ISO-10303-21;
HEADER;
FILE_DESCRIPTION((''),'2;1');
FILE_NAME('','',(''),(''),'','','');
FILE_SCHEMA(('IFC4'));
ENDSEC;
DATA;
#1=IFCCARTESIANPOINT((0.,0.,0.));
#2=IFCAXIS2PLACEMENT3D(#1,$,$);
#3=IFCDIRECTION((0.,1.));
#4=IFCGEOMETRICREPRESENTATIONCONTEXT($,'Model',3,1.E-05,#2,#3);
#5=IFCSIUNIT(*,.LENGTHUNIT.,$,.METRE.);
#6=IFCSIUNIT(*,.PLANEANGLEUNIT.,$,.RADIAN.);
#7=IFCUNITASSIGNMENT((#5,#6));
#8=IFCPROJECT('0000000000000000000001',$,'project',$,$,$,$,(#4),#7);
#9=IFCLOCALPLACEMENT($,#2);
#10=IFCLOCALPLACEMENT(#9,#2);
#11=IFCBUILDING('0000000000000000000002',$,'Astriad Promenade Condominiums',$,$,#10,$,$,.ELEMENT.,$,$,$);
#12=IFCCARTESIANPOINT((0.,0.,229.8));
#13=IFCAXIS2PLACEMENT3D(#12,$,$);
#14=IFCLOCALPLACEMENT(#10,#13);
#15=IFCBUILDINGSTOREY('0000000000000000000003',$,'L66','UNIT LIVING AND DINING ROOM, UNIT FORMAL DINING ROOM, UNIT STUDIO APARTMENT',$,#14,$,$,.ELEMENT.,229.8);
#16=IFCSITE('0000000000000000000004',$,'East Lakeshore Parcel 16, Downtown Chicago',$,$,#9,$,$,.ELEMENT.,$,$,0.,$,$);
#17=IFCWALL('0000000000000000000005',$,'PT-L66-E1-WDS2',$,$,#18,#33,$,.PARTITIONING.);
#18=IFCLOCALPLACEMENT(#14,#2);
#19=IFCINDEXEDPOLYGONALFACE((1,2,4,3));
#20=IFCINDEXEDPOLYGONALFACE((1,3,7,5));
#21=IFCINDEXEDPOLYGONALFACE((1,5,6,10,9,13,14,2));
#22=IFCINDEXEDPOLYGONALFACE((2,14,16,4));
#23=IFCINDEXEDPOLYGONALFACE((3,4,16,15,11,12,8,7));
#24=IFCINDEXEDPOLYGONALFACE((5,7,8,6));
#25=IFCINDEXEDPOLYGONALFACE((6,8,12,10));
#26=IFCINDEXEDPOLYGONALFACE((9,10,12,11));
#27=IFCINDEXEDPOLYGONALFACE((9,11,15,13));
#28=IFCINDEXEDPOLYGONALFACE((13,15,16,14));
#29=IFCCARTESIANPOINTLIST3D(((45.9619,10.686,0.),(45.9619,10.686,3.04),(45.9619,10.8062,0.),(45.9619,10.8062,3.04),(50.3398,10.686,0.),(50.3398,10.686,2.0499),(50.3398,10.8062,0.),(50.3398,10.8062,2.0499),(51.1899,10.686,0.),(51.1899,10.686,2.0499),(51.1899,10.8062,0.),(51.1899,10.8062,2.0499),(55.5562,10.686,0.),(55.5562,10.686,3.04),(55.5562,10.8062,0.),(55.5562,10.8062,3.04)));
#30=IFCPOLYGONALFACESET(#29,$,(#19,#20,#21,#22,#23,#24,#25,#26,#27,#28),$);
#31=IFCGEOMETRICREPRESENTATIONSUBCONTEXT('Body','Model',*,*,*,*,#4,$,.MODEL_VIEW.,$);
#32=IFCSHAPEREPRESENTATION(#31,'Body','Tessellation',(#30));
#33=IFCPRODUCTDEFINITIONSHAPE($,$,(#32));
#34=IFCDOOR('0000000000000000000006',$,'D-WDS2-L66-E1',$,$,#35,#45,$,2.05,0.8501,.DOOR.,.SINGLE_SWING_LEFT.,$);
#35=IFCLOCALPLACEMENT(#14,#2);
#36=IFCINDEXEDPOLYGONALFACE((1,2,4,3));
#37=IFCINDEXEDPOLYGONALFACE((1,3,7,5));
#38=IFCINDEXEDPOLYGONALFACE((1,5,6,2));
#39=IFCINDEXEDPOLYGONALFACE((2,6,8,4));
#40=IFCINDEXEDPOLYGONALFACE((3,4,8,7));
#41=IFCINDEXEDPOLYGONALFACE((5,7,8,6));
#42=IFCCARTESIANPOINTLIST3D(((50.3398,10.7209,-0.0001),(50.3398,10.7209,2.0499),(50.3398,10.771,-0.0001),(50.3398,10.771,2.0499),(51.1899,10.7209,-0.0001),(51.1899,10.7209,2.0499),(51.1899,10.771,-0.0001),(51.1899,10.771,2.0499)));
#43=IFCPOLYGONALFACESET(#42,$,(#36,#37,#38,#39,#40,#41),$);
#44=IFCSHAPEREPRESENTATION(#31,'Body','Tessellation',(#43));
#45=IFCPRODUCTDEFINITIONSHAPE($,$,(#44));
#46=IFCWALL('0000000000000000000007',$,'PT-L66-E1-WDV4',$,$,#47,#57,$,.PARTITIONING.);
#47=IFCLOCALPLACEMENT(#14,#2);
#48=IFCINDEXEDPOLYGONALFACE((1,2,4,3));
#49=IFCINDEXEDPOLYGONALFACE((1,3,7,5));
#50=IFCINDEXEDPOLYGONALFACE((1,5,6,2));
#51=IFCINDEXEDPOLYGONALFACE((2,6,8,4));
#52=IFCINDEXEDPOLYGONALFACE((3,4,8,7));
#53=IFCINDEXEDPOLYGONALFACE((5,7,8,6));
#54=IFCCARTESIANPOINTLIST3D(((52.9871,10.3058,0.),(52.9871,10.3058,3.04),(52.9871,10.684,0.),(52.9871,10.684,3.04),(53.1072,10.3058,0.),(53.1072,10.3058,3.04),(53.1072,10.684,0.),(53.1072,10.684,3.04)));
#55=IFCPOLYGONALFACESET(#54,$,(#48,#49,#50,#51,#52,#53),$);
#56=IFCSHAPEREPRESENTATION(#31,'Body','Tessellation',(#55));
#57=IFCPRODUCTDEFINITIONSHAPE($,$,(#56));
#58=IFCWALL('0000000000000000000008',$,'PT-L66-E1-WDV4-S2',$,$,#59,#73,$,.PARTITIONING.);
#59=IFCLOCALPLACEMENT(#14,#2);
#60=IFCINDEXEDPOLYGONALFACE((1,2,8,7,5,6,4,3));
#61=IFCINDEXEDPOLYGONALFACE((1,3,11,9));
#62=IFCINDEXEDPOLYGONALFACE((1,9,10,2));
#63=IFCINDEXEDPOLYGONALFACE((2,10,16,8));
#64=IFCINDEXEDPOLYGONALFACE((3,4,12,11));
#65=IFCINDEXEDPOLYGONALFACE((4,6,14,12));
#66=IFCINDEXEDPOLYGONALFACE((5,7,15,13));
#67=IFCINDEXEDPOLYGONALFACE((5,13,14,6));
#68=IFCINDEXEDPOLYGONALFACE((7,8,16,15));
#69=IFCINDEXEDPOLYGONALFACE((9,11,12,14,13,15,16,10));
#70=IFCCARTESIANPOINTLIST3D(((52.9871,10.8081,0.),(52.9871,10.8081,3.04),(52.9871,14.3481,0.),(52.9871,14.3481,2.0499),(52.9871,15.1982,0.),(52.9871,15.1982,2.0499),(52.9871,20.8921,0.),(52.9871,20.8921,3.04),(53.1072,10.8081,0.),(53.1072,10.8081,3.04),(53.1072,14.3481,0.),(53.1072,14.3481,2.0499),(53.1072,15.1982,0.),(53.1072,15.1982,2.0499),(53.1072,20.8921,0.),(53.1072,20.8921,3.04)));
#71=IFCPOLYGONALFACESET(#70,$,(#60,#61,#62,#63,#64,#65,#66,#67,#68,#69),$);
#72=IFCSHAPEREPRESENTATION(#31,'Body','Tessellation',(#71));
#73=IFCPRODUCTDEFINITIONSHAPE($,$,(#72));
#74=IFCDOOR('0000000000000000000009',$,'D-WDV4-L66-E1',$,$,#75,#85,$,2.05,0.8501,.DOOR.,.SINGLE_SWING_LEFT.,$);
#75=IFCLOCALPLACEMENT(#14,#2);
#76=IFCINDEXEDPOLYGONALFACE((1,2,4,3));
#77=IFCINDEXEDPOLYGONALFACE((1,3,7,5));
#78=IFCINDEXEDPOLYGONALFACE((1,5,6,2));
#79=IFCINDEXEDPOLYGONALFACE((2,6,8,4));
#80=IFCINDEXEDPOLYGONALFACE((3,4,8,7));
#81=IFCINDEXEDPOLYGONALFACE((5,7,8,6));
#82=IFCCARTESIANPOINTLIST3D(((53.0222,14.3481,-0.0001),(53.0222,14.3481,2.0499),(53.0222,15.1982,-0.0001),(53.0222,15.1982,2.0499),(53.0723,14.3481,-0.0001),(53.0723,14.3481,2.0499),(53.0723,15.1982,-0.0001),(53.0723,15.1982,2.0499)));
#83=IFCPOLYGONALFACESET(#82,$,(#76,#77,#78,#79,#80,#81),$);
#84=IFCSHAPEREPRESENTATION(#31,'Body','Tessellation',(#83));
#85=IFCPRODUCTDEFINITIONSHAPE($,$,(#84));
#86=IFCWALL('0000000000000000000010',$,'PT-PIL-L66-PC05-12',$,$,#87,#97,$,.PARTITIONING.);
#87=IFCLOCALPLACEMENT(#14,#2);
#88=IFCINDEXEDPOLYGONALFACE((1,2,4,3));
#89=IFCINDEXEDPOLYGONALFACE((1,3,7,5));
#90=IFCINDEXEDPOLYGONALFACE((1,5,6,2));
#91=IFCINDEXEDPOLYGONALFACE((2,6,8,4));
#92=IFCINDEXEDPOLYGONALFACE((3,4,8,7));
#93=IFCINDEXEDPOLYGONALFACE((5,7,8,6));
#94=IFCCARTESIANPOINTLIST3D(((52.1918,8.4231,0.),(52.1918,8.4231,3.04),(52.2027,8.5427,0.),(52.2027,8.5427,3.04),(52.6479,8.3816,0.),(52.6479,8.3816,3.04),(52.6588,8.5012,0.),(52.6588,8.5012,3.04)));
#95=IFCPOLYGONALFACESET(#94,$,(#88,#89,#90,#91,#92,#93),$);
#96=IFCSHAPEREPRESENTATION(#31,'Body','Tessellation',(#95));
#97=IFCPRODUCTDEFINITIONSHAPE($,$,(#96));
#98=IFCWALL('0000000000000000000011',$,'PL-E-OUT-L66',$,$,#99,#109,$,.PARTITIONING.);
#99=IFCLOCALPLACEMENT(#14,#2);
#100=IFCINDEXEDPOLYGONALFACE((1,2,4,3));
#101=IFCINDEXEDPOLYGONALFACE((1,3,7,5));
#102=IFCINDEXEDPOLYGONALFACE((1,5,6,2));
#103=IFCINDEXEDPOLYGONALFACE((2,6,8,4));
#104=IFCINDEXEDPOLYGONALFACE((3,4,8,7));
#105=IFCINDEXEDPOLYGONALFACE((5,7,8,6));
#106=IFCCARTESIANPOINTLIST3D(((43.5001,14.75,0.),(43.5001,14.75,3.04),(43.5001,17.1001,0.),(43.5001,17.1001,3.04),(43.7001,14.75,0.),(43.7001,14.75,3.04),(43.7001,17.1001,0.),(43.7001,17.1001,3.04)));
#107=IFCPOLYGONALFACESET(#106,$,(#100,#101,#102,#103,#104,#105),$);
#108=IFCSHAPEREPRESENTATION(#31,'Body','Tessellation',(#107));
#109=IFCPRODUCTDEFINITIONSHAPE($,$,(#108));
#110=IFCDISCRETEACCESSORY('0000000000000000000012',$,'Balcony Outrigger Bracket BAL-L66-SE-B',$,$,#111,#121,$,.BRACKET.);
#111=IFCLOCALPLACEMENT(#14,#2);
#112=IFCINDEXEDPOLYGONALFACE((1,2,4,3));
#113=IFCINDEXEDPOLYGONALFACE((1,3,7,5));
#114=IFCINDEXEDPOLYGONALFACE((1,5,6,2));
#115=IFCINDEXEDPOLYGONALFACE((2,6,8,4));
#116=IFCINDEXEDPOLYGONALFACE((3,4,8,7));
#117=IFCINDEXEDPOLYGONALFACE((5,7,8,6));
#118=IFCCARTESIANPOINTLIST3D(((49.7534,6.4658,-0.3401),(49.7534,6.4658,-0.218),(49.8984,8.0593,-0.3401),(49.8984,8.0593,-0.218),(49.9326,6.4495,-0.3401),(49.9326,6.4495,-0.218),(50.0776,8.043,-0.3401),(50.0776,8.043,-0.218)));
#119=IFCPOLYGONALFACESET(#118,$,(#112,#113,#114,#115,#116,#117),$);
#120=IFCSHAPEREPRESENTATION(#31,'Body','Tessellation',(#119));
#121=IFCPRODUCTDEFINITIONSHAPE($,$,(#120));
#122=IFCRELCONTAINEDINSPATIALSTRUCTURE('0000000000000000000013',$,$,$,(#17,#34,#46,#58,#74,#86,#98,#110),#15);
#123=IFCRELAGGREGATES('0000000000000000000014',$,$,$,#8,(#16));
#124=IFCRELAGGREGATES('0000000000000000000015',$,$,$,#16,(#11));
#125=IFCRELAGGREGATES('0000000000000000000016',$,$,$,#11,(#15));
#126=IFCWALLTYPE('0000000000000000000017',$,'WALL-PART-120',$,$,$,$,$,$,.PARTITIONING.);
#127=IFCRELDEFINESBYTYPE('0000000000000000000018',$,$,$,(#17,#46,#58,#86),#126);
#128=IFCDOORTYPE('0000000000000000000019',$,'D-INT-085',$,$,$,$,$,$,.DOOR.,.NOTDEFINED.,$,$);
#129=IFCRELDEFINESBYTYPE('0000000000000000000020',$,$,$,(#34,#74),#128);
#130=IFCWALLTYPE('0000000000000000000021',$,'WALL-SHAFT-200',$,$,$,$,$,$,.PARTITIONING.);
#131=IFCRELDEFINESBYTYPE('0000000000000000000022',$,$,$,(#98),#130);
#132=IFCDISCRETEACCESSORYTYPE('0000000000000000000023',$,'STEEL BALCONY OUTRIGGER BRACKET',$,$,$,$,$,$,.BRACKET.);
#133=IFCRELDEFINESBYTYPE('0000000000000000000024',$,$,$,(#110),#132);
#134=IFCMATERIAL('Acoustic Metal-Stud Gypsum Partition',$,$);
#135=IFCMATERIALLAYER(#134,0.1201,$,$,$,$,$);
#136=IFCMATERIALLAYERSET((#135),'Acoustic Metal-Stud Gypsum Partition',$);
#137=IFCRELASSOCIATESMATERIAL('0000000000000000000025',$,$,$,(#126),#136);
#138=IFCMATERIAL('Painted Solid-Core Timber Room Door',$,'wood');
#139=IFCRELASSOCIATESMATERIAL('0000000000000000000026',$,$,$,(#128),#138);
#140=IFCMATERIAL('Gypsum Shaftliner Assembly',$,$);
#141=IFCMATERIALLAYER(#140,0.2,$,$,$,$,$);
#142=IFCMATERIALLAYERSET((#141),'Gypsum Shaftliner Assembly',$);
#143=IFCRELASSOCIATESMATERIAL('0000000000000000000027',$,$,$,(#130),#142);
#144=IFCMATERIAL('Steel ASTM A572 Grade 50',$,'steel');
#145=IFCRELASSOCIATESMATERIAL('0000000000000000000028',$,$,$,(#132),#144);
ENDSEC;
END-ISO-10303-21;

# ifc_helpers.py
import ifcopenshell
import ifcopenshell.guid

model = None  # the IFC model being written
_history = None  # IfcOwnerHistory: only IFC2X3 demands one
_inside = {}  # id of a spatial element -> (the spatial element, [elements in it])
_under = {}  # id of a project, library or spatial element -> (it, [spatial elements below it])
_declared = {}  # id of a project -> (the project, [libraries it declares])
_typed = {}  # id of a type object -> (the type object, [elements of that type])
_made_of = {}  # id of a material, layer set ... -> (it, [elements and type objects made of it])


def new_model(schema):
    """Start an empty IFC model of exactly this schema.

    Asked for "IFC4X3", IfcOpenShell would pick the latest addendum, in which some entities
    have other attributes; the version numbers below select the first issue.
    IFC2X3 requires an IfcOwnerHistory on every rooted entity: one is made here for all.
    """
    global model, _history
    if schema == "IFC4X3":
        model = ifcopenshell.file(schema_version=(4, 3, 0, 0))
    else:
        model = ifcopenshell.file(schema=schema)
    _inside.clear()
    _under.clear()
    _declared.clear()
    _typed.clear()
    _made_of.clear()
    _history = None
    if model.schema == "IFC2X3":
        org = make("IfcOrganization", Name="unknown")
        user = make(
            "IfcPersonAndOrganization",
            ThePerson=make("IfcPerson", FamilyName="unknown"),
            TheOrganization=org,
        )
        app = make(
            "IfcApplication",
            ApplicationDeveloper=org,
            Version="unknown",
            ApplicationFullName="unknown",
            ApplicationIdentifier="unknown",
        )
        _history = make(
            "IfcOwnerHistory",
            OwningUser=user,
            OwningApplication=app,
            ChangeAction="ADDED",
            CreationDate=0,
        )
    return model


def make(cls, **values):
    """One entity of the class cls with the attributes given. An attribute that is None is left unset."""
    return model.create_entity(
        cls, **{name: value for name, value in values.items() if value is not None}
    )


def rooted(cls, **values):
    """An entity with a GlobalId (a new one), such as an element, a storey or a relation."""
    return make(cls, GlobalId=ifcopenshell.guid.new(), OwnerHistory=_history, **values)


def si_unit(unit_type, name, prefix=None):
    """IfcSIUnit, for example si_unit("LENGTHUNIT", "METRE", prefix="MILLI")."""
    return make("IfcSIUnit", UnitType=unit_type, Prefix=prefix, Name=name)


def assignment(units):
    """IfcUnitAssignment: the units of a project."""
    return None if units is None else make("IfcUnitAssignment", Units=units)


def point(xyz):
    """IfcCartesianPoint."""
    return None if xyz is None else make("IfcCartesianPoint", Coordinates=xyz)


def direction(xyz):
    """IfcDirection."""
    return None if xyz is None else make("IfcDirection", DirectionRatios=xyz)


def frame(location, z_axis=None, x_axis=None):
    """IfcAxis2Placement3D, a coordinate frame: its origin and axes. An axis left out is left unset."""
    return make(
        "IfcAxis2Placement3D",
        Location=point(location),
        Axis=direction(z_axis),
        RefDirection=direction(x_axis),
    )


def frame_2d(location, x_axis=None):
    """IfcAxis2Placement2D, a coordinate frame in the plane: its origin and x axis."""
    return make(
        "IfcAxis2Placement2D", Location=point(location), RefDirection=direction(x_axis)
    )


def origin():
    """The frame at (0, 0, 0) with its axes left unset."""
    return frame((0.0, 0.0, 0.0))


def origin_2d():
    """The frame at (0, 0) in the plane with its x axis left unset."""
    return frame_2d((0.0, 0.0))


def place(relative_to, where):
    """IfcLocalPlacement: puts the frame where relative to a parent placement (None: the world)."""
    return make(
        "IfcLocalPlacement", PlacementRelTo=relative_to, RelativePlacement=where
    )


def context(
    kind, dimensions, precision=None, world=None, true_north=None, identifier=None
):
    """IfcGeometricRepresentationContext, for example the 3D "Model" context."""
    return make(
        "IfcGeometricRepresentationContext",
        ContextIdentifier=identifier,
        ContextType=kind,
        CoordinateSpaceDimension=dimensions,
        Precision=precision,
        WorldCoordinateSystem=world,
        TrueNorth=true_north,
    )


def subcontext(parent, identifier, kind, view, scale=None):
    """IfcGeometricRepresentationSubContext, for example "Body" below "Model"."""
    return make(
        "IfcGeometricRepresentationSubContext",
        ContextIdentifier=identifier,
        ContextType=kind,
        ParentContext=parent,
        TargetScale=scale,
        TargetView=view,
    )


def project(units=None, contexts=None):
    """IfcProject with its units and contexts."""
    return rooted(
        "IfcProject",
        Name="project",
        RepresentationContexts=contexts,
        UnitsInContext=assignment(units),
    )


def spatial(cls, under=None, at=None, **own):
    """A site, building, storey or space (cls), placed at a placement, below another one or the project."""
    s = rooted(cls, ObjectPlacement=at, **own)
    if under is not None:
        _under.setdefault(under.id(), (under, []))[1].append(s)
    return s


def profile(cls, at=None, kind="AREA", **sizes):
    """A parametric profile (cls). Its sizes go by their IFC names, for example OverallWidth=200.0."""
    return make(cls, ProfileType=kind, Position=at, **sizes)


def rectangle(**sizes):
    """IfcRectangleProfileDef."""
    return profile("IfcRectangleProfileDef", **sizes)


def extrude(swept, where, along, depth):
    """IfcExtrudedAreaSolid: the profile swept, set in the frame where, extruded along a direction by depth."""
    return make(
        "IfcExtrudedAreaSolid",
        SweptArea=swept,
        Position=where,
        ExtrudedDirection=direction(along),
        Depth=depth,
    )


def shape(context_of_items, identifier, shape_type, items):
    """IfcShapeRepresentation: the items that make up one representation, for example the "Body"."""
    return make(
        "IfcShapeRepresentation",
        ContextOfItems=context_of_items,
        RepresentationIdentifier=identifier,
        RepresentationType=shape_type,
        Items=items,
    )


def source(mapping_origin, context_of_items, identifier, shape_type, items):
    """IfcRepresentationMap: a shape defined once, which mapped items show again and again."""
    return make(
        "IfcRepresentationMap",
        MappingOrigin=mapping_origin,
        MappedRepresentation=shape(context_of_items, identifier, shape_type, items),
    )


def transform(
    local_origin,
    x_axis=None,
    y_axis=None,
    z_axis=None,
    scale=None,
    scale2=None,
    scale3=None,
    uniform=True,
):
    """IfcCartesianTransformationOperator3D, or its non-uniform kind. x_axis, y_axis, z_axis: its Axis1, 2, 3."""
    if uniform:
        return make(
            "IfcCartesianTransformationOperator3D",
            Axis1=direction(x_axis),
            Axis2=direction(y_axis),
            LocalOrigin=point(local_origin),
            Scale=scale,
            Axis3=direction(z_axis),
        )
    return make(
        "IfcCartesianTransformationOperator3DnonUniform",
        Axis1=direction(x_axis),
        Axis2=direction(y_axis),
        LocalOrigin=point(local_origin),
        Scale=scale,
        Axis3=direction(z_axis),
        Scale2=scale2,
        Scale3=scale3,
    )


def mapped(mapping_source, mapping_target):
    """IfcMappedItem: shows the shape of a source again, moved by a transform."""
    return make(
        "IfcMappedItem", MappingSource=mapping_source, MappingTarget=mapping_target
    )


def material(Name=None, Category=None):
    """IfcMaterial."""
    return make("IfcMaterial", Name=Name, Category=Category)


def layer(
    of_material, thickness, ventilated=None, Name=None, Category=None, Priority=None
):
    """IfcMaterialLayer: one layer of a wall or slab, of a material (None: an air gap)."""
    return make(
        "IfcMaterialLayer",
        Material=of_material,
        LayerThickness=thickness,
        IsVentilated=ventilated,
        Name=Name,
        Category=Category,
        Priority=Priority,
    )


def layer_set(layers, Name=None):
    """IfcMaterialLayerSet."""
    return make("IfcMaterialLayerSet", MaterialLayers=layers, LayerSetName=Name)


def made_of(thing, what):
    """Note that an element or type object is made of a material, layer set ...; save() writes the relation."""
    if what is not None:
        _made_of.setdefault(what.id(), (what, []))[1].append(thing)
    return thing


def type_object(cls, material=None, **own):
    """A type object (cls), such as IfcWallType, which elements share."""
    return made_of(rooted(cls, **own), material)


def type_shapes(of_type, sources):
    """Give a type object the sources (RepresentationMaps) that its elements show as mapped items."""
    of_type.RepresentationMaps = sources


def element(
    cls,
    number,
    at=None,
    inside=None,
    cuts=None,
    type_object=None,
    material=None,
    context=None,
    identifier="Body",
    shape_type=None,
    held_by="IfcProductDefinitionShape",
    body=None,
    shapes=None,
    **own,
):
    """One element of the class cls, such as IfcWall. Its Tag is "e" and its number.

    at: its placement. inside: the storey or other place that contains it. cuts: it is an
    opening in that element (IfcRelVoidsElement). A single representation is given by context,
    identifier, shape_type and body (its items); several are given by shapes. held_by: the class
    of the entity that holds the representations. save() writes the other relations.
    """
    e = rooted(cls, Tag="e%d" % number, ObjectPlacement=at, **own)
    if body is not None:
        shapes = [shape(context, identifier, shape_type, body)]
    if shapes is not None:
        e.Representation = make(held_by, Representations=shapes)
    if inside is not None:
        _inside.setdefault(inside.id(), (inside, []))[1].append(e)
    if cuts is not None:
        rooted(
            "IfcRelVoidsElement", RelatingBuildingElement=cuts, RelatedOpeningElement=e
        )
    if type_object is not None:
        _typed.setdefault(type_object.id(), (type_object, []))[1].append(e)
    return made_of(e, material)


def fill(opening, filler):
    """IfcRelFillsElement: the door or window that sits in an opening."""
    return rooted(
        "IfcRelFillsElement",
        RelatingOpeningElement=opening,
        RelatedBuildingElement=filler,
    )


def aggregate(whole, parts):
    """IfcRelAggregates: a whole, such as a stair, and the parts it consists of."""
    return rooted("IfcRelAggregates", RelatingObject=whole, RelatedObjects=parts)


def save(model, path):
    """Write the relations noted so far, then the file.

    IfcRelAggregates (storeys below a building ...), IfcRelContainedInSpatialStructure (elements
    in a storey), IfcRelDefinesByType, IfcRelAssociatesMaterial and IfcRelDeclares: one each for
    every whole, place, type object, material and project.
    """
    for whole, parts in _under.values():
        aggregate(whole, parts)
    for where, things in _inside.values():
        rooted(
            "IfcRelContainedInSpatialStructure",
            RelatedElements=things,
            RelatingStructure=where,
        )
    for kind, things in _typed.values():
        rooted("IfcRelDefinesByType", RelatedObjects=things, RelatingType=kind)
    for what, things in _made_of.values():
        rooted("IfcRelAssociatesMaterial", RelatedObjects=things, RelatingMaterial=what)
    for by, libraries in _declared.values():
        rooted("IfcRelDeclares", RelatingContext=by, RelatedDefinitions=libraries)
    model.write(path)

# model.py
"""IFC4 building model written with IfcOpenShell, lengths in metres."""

from ifc_helpers import new_model, si_unit, direction, frame, frame_2d, origin, origin_2d, place, context, subcontext, project, spatial, rectangle, extrude, source, transform, mapped, material, layer, layer_set, type_object, type_shapes, element, fill, save


model = new_model("IFC4")

# Units and contexts
model_context = context("Model", 3, precision=1e-05, world=origin(), true_north=direction((0.0, 1.0)))
body_context = subcontext(model_context, "Body", "Model", "MODEL_VIEW")
ifc_project = project(units=[si_unit("LENGTHUNIT", "METRE"), si_unit("PLANEANGLEUNIT", "RADIAN")], contexts=[model_context])

# Site, building, storey
site_placement = place(None, origin())
site = spatial("IfcSite", under=ifc_project, at=site_placement, Name="East Lakeshore Parcel 16, Downtown Chicago", CompositionType="ELEMENT", RefElevation=0.0)
building_placement = place(site_placement, origin())
building = spatial("IfcBuilding", under=site, at=building_placement, Name="Astriad Promenade Condominiums", CompositionType="ELEMENT")
storey_placement = place(building_placement, frame((0.0, 0.0, 229.8)))
storey = spatial("IfcBuildingStorey", under=building, at=storey_placement, Name="L66", Description="UNIT LIVING AND DINING ROOM, UNIT FORMAL DINING ROOM, UNIT STUDIO APARTMENT", CompositionType="ELEMENT", Elevation=229.8)

# Shared definitions
ifc_material_1 = material(Name="Acoustic Metal-Stud Gypsum Partition")
ifc_layer_1 = layer(ifc_material_1, 0.1201)
ifc_layer_set_1 = layer_set([ifc_layer_1], Name="Acoustic Metal-Stud Gypsum Partition")
wall_type_1 = type_object("IfcWallType", Name="WALL-PART-120", PredefinedType="PARTITIONING", material=ifc_layer_set_1)
ifc_material_2 = material(Name="Painted Solid-Core Timber Room Door", Category="wood")
door_type_1 = type_object("IfcDoorType", Name="D-INT-085", OperationType="NOTDEFINED", PredefinedType="DOOR", material=ifc_material_2)
shared_shape_1 = source(origin(), body_context, "Body", "SweptSolid", [
    extrude(rectangle(XDim=0.8501, YDim=2.05, at=frame_2d((0.425, 1.0249))), frame((0.0, 0.0249, 0.0), z_axis=(0.0, -1.0, 0.0), x_axis=(1.0, 0.0, 0.0)), (0.0, 0.0, 1.0), 0.05),
])
type_shapes(door_type_1, [shared_shape_1])

# Wall, opening, door
wall_1_placement = place(storey_placement, frame((45.9619, 10.7461, 0.0), z_axis=(0.0, 0.0, 1.0), x_axis=(1.0, 0.0, 0.0)))
wall_1 = element("IfcWall", 1, at=wall_1_placement, inside=storey, type_object=wall_type_1, Name="PT-L66-E1-WDS2", PredefinedType="PARTITIONING", context=body_context, shape_type="SweptSolid", body=[
    extrude(rectangle(XDim=9.5942, YDim=0.1201, at=frame_2d((4.7971, 0.0))), origin(), (0.0, 0.0, 1.0), 3.04),
])
opening_1_placement = place(wall_1_placement, frame((4.3779, 0.0, 0.0)))
opening_1 = element("IfcOpeningElement", 2, at=opening_1_placement, cuts=wall_1, PredefinedType="OPENING", context=body_context, shape_type="SweptSolid", body=[
    extrude(rectangle(XDim=0.8501, YDim=2.05, at=frame_2d((0.425, 1.0249))), frame((0.0, 0.0701, 0.0), z_axis=(0.0, -1.0, 0.0), x_axis=(1.0, 0.0, 0.0)), (0.0, 0.0, 1.0), 0.1401),
])
door_1_placement = place(opening_1_placement, origin())
door_1 = element("IfcDoor", 3, at=door_1_placement, inside=storey, type_object=door_type_1, Name="D-WDS2-L66-E1", OperationType="SINGLE_SWING_LEFT", OverallHeight=2.05, OverallWidth=0.8501, PredefinedType="DOOR", context=body_context, shape_type="MappedRepresentation", body=[
    mapped(shared_shape_1, transform((0.0, 0.0, 0.0), scale=1.0)),
])
fill(opening_1, door_1)

# Wall
wall_2_placement = place(storey_placement, frame((53.0471, 10.3059, 0.0), z_axis=(0.0, 0.0, 1.0), x_axis=(0.0, 1.0, 0.0)))
element("IfcWall", 4, at=wall_2_placement, inside=storey, type_object=wall_type_1, Name="PT-L66-E1-WDV4", PredefinedType="PARTITIONING", context=body_context, shape_type="SweptSolid", body=[
    extrude(rectangle(XDim=0.3782, YDim=0.1201, at=frame_2d((0.189, 0.0))), origin(), (0.0, 0.0, 1.0), 3.04),
])

# Wall, opening, door
wall_3_placement = place(storey_placement, frame((53.0471, 10.8081, 0.0), z_axis=(0.0, 0.0, 1.0), x_axis=(0.0, 1.0, 0.0)))
wall_3 = element("IfcWall", 5, at=wall_3_placement, inside=storey, type_object=wall_type_1, Name="PT-L66-E1-WDV4-S2", PredefinedType="PARTITIONING", context=body_context, shape_type="SweptSolid", body=[
    extrude(rectangle(XDim=10.084, YDim=0.1201, at=frame_2d((5.042, 0.0))), origin(), (0.0, 0.0, 1.0), 3.04),
])
opening_2_placement = place(wall_3_placement, frame((3.54, 0.0, 0.0)))
opening_2 = element("IfcOpeningElement", 6, at=opening_2_placement, cuts=wall_3, PredefinedType="OPENING", context=body_context, shape_type="SweptSolid", body=[
    extrude(rectangle(XDim=0.8501, YDim=2.05, at=frame_2d((0.425, 1.0249))), frame((0.0, 0.0701, 0.0), z_axis=(0.0, -1.0, 0.0), x_axis=(1.0, 0.0, 0.0)), (0.0, 0.0, 1.0), 0.1401),
])
door_2_placement = place(opening_2_placement, origin())
door_2 = element("IfcDoor", 7, at=door_2_placement, inside=storey, type_object=door_type_1, Name="D-WDV4-L66-E1", OperationType="SINGLE_SWING_LEFT", OverallHeight=2.05, OverallWidth=0.8501, PredefinedType="DOOR", context=body_context, shape_type="MappedRepresentation", body=[
    mapped(shared_shape_1, transform((0.0, 0.0, 0.0), scale=1.0)),
])
fill(opening_2, door_2)

# Walls
wall_4_placement = place(storey_placement, frame((52.1973, 8.4829, 0.0), z_axis=(0.0, 0.0, 1.0), x_axis=(0.995884, -0.090632, 0.0)))
element("IfcWall", 8, at=wall_4_placement, inside=storey, type_object=wall_type_1, Name="PT-PIL-L66-PC05-12", PredefinedType="PARTITIONING", context=body_context, shape_type="SweptSolid", body=[
    extrude(rectangle(XDim=0.458, YDim=0.1201, at=frame_2d((0.229, 0.0))), origin(), (0.0, 0.0, 1.0), 3.04),
])
ifc_material_3 = material(Name="Gypsum Shaftliner Assembly")
ifc_layer_2 = layer(ifc_material_3, 0.2)
ifc_layer_set_2 = layer_set([ifc_layer_2], Name="Gypsum Shaftliner Assembly")
wall_type_2 = type_object("IfcWallType", Name="WALL-SHAFT-200", PredefinedType="PARTITIONING", material=ifc_layer_set_2)
wall_5_placement = place(storey_placement, frame((43.6001, 14.75, 0.0), z_axis=(0.0, 0.0, 1.0), x_axis=(0.0, 1.0, 0.0)))
element("IfcWall", 9, at=wall_5_placement, inside=storey, type_object=wall_type_2, Name="PL-E-OUT-L66", PredefinedType="PARTITIONING", context=body_context, shape_type="SweptSolid", body=[
    extrude(rectangle(XDim=2.3501, YDim=0.2, at=frame_2d((1.175, 0.0))), origin(), (0.0, 0.0, 1.0), 3.04),
])

# Discrete accessory
ifc_material_4 = material(Name="Steel ASTM A572 Grade 50", Category="steel")
discrete_accessory_type = type_object("IfcDiscreteAccessoryType", Name="STEEL BALCONY OUTRIGGER BRACKET", PredefinedType="BRACKET", material=ifc_material_4)
shared_shape_2 = source(origin(), body_context, "Body", "SweptSolid", [
    extrude(rectangle(XDim=1.6001, YDim=0.1799, at=origin_2d()), origin(), (0.0, 0.0, 1.0), 0.1221),
])
type_shapes(discrete_accessory_type, [shared_shape_2])
discrete_accessory_placement = place(storey_placement, frame((49.9155, 7.2544, -0.3401), z_axis=(0.0, 0.0, 1.0), x_axis=(-0.090633, -0.995884, 0.0)))
element("IfcDiscreteAccessory", 10, at=discrete_accessory_placement, inside=storey, type_object=discrete_accessory_type, Name="Balcony Outrigger Bracket BAL-L66-SE-B", PredefinedType="BRACKET", context=body_context, shape_type="MappedRepresentation", body=[
    mapped(shared_shape_2, transform((0.0, 0.0, 0.0), scale=1.0)),
])

save(model, "model.ifc")
